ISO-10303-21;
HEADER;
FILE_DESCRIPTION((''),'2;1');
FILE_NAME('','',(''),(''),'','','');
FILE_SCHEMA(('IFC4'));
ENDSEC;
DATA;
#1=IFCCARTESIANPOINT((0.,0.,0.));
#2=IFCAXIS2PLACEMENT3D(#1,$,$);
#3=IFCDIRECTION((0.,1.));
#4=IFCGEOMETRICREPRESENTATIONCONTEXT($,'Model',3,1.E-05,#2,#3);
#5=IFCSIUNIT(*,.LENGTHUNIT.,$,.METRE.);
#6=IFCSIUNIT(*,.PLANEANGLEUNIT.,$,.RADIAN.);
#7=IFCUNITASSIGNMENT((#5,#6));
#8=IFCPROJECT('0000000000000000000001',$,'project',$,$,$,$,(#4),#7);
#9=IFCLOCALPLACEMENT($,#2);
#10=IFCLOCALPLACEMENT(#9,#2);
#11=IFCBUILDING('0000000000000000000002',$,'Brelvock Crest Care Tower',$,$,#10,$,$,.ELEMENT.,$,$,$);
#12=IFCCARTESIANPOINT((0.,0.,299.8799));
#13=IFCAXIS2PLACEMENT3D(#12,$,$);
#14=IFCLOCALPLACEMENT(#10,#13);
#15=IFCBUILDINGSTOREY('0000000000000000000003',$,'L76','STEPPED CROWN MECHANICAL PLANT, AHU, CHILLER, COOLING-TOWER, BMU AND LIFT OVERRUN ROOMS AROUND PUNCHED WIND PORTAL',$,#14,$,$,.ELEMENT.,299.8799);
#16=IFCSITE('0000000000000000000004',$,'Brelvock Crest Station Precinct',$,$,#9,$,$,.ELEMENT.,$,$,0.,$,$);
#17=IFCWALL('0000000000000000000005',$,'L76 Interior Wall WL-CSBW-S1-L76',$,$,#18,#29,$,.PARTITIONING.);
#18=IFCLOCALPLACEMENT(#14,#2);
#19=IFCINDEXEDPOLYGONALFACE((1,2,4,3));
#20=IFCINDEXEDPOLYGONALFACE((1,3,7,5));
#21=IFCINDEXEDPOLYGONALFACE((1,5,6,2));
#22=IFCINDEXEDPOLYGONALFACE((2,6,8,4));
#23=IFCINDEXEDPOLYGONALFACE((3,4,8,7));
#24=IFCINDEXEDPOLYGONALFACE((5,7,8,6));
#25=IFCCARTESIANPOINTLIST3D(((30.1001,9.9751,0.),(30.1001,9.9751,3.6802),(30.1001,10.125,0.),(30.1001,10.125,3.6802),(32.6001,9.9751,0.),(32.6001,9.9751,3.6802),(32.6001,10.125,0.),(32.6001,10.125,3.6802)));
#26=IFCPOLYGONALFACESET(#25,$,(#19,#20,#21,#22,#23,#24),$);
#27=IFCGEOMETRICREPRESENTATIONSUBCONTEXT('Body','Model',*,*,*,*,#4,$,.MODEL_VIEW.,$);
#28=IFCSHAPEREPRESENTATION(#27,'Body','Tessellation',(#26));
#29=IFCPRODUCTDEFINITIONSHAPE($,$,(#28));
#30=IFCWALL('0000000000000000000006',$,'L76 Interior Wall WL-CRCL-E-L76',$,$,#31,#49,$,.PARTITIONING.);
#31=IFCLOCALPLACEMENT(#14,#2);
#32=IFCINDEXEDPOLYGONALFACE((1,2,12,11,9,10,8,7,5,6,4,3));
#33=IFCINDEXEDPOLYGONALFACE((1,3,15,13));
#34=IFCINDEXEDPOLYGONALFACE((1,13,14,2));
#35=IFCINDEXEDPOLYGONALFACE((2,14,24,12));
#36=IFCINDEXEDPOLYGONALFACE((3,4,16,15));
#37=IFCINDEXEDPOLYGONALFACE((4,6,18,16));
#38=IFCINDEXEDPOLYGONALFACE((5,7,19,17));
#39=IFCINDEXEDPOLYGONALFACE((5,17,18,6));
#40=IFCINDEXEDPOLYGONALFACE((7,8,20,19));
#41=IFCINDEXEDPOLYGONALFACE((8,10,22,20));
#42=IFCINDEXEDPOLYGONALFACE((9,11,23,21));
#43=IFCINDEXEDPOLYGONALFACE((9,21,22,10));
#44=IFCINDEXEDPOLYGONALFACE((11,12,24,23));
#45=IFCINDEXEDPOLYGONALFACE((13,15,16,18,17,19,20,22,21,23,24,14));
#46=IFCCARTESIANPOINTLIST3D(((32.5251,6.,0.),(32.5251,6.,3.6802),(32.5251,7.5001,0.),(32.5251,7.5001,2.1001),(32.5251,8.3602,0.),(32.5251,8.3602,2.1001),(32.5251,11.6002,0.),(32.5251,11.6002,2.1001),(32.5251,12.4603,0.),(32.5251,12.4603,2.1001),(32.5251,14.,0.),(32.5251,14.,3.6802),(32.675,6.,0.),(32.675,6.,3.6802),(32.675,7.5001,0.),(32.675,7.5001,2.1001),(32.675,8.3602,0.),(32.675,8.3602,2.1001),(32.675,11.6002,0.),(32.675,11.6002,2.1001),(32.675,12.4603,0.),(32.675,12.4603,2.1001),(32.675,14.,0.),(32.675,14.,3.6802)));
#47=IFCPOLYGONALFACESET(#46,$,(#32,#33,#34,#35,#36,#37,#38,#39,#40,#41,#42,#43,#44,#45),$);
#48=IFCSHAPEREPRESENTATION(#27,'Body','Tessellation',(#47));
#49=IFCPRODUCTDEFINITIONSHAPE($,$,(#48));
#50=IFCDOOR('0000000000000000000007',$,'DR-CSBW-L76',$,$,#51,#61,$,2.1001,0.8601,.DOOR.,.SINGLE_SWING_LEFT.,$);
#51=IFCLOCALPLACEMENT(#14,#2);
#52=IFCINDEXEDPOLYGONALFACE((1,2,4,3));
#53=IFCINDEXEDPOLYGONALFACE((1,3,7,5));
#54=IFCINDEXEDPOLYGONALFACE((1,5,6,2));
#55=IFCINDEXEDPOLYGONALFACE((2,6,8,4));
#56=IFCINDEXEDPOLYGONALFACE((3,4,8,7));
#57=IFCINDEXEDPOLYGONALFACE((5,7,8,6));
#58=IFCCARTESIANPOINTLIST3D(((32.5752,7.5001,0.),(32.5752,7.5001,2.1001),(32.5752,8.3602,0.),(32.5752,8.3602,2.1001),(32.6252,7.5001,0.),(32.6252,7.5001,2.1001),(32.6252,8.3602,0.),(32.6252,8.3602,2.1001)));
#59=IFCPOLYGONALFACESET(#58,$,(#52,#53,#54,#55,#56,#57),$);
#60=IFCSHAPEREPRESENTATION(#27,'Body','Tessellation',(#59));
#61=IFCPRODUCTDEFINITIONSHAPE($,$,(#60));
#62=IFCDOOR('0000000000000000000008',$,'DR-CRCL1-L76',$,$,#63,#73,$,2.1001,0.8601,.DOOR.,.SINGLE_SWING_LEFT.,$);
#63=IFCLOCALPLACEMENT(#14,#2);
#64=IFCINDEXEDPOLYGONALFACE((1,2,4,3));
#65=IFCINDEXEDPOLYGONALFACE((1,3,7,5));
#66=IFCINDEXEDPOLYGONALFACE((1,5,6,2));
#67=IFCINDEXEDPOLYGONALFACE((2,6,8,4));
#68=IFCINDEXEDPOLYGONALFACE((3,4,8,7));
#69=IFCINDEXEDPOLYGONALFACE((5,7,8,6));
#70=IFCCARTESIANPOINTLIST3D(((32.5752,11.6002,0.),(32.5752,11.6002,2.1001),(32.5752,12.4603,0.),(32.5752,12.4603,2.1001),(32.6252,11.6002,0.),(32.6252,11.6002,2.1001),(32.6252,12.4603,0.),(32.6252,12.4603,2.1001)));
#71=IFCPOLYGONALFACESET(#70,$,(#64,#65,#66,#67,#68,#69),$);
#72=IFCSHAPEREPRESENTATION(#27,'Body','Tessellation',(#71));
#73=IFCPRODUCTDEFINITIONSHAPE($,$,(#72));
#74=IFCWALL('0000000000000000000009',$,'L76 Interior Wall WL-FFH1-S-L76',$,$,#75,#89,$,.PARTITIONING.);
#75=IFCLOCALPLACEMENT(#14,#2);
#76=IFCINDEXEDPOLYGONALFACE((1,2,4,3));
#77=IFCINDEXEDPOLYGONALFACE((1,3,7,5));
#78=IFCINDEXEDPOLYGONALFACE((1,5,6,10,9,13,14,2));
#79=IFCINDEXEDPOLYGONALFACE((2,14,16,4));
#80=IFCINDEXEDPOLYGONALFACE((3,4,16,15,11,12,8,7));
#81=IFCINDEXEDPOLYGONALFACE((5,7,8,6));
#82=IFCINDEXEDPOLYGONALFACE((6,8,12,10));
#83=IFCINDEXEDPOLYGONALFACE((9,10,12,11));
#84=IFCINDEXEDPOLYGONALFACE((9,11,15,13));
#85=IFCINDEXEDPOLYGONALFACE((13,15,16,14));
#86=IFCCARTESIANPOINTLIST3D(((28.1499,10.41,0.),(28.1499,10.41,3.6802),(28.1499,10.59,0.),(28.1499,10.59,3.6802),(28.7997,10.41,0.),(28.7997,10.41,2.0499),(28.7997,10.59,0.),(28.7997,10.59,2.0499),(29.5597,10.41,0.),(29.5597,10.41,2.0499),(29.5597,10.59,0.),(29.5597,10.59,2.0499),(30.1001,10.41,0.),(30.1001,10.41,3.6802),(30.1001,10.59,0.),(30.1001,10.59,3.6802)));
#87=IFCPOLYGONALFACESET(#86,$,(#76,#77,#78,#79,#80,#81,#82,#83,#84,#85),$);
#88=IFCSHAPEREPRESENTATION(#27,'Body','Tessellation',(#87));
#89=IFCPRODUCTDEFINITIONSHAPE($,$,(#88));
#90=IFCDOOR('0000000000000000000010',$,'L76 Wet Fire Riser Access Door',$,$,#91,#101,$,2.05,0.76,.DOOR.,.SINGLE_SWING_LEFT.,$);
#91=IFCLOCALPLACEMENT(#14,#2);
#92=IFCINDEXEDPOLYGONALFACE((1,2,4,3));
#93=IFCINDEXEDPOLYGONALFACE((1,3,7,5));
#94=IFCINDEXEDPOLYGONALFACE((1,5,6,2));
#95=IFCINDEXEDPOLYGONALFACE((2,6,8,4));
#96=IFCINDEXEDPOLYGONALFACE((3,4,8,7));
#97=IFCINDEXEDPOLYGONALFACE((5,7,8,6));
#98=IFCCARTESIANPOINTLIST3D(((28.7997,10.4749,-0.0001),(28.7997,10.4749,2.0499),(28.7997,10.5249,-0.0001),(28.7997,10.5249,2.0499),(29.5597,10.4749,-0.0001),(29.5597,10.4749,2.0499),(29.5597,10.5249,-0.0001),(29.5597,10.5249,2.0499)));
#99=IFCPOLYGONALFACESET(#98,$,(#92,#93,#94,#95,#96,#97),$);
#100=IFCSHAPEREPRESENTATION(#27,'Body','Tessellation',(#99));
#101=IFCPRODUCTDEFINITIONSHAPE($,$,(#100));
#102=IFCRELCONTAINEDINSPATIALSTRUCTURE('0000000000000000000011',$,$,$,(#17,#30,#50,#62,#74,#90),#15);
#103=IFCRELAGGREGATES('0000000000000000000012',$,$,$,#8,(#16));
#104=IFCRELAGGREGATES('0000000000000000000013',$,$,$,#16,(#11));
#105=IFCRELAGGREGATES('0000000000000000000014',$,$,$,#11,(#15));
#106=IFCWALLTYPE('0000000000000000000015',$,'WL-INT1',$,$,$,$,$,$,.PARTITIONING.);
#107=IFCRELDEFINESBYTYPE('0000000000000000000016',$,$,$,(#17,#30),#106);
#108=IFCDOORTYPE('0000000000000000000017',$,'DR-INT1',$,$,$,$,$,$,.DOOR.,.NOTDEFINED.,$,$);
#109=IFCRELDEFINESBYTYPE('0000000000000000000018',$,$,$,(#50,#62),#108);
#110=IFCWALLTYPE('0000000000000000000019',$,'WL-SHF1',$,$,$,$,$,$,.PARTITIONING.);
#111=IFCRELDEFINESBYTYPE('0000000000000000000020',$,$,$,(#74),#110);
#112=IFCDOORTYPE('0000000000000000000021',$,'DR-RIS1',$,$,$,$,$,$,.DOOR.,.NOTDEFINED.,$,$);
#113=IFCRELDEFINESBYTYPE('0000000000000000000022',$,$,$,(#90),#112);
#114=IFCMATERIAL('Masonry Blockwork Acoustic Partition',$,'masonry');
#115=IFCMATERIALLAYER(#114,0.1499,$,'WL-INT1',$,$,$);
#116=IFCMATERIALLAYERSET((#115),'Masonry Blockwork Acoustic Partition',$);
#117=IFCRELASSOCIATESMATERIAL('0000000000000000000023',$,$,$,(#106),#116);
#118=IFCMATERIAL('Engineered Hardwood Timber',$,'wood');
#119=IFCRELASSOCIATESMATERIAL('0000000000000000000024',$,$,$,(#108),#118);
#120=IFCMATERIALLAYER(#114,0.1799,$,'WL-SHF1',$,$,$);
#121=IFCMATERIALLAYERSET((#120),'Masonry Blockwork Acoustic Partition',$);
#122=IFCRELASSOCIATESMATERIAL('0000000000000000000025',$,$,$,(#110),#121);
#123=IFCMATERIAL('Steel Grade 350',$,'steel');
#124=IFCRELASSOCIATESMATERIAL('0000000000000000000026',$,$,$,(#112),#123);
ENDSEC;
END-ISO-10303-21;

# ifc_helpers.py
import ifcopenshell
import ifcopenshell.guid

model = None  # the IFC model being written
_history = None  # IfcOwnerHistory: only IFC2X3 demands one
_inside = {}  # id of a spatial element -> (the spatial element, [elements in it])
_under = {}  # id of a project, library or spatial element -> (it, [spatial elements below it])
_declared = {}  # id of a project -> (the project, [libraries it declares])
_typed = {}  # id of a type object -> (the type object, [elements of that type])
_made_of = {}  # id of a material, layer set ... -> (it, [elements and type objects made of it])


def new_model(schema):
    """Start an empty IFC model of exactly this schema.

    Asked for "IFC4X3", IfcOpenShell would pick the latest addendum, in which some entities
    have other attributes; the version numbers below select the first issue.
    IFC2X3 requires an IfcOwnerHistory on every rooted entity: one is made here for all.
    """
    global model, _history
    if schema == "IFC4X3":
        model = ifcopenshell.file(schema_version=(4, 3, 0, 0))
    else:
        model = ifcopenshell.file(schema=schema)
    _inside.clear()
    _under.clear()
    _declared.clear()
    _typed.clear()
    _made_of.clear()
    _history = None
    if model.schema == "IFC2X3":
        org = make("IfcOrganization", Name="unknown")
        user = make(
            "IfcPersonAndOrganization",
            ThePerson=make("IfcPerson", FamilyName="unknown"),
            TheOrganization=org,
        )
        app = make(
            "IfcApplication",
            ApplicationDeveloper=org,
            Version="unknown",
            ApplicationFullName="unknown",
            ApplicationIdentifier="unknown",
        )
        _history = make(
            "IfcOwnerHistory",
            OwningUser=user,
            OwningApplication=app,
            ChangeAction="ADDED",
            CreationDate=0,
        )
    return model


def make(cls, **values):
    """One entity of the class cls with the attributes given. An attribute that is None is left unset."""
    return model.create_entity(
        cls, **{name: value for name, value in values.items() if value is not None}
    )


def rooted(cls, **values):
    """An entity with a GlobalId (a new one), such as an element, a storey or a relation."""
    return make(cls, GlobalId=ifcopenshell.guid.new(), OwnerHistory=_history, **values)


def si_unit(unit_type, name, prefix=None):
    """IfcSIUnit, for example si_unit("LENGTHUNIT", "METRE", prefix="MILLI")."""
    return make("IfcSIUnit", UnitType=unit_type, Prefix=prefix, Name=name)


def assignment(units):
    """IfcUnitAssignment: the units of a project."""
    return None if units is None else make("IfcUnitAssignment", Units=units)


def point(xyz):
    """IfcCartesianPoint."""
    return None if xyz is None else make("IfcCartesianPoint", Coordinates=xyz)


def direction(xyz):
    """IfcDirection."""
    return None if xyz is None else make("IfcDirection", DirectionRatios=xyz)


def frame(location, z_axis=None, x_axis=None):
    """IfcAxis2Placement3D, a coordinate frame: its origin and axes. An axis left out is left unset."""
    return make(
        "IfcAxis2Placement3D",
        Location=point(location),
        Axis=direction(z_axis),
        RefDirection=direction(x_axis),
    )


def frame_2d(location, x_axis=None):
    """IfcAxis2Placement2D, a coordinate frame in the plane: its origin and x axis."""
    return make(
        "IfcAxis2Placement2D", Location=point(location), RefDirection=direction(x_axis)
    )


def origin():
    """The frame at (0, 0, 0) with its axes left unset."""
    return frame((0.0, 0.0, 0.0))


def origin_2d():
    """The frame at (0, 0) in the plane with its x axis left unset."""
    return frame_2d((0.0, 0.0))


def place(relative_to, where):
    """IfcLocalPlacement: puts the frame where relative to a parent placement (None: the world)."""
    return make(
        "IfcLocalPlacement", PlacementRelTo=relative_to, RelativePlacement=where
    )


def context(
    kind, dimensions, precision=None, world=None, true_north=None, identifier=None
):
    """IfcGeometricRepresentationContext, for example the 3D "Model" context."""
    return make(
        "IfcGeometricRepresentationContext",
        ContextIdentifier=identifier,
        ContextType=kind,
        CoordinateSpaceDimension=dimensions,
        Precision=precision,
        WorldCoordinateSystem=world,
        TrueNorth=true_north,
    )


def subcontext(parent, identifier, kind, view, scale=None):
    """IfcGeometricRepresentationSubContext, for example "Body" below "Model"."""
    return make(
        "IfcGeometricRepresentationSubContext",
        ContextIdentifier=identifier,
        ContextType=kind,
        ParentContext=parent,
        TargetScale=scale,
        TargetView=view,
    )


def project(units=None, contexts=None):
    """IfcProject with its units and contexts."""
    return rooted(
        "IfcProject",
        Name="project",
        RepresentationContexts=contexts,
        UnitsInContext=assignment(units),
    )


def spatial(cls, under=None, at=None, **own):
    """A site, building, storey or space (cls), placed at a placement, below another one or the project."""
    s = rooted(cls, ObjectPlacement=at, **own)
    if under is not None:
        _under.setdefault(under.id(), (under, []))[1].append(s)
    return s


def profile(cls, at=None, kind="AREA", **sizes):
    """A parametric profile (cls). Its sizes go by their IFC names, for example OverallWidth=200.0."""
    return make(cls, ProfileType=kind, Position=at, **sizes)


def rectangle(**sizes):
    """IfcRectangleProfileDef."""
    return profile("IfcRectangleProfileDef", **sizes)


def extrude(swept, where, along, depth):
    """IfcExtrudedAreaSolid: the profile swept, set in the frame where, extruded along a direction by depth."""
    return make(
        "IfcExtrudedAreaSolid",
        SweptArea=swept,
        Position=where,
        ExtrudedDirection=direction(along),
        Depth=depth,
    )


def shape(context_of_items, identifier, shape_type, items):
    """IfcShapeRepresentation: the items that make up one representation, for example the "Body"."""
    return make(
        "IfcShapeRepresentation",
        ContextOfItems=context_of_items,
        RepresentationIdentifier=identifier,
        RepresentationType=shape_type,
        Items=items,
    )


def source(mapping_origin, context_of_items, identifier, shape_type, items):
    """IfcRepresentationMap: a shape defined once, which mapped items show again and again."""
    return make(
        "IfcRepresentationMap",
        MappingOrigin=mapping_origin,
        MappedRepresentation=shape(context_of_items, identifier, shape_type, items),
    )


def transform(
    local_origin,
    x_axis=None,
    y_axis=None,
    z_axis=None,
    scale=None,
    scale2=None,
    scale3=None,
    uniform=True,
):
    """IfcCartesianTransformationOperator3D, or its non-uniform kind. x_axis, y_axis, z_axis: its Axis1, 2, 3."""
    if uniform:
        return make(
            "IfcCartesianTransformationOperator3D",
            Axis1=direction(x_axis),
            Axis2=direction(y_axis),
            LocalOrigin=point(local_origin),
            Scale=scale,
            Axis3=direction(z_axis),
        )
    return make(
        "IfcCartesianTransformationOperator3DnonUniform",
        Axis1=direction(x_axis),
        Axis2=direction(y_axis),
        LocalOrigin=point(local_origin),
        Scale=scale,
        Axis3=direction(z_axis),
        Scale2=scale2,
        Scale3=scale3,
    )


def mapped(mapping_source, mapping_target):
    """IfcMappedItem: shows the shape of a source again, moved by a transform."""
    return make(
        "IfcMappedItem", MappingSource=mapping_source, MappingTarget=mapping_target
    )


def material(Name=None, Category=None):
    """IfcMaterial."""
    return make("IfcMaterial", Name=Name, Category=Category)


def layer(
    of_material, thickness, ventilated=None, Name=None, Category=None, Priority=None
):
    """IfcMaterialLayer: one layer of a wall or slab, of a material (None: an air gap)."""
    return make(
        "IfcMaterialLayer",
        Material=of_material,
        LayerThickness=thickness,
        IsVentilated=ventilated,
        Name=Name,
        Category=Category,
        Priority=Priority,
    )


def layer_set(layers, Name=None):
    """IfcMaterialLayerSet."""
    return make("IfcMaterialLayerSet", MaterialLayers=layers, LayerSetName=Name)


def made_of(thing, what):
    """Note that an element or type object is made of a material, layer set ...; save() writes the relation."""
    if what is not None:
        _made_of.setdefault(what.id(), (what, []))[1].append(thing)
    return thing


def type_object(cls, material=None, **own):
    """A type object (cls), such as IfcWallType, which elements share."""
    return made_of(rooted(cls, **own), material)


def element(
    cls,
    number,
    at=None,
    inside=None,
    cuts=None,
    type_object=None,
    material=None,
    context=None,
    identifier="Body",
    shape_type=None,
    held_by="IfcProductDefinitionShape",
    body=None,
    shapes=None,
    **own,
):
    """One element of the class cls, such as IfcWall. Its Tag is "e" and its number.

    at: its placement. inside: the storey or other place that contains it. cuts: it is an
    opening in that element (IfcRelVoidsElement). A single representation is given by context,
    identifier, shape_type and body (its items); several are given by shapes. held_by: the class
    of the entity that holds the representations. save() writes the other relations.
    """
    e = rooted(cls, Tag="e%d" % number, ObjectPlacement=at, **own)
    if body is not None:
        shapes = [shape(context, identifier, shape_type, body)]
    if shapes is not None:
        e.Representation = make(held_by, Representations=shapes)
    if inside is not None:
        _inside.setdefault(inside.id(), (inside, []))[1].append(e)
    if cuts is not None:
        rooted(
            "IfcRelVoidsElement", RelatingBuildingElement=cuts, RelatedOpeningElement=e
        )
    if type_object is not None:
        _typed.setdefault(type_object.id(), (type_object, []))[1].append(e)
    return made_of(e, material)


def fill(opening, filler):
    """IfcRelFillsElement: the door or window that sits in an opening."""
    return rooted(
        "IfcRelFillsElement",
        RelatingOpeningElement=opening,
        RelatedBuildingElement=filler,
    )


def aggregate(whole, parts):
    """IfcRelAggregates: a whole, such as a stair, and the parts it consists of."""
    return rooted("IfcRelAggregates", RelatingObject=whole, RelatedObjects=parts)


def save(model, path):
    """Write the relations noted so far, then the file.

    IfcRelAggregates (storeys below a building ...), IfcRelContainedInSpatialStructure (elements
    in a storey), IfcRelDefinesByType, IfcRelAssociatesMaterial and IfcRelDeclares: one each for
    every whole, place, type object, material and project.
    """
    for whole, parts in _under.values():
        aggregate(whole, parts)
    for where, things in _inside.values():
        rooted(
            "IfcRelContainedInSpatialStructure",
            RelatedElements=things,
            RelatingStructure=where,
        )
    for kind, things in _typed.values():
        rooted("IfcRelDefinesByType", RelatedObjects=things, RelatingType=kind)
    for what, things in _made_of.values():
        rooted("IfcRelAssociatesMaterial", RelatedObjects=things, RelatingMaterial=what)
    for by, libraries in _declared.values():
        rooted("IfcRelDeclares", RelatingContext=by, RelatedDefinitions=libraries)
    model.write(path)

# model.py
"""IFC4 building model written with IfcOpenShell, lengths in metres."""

from ifc_helpers import new_model, si_unit, direction, frame, frame_2d, origin, origin_2d, place, context, subcontext, project, spatial, rectangle, extrude, source, transform, mapped, material, layer, layer_set, type_object, element, fill, save


model = new_model("IFC4")

# Units and contexts
model_context = context("Model", 3, precision=1e-05, world=origin(), true_north=direction((0.0, 1.0)))
body_context = subcontext(model_context, "Body", "Model", "MODEL_VIEW")
ifc_project = project(units=[si_unit("LENGTHUNIT", "METRE"), si_unit("PLANEANGLEUNIT", "RADIAN")], contexts=[model_context])

# Site, building, storey
site_placement = place(None, origin())
site = spatial("IfcSite", under=ifc_project, at=site_placement, Name="Brelvock Crest Station Precinct", CompositionType="ELEMENT", RefElevation=0.0)
building_placement = place(site_placement, origin())
building = spatial("IfcBuilding", under=site, at=building_placement, Name="Brelvock Crest Care Tower", CompositionType="ELEMENT")
storey_placement = place(building_placement, frame((0.0, 0.0, 299.8799)))
storey = spatial("IfcBuildingStorey", under=building, at=storey_placement, Name="L76", Description="STEPPED CROWN MECHANICAL PLANT, AHU, CHILLER, COOLING-TOWER, BMU AND LIFT OVERRUN ROOMS AROUND PUNCHED WIND PORTAL", CompositionType="ELEMENT", Elevation=299.8799)

# Shared definitions
ifc_material_1 = material(Name="Steel Grade 350", Category="steel")

# Wall
ifc_material_2 = material(Name="Masonry Blockwork Acoustic Partition", Category="masonry")
ifc_layer_1 = layer(ifc_material_2, 0.1499, Name="WL-INT1")
ifc_layer_set_1 = layer_set([ifc_layer_1], Name="Masonry Blockwork Acoustic Partition")
wall_type_1 = type_object("IfcWallType", Name="WL-INT1", PredefinedType="PARTITIONING", material=ifc_layer_set_1)
wall_1_placement = place(storey_placement, frame((30.1001, 10.05, 0.0), z_axis=(0.0, 0.0, 1.0), x_axis=(1.0, 0.0, 0.0)))
element("IfcWall", 1, at=wall_1_placement, inside=storey, type_object=wall_type_1, Name="L76 Interior Wall WL-CSBW-S1-L76", PredefinedType="PARTITIONING", context=body_context, shape_type="SweptSolid", body=[
    extrude(rectangle(XDim=2.5, YDim=0.1499, at=frame_2d((1.25, 0.0))), origin(), (0.0, 0.0, 1.0), 3.6802),
])

# Wall, openings, doors
wall_2_placement = place(storey_placement, frame((32.6001, 6.0, 0.0), z_axis=(0.0, 0.0, 1.0), x_axis=(0.0, 1.0, 0.0)))
wall_2 = element("IfcWall", 2, at=wall_2_placement, inside=storey, type_object=wall_type_1, Name="L76 Interior Wall WL-CRCL-E-L76", PredefinedType="PARTITIONING", context=body_context, shape_type="SweptSolid", body=[
    extrude(rectangle(XDim=8.0, YDim=0.1499, at=frame_2d((4.0, 0.0))), origin(), (0.0, 0.0, 1.0), 3.6802),
])
opening_1_placement = place(wall_2_placement, frame((1.5, 0.0, 0.0)))
opening_1 = element("IfcOpeningElement", 3, at=opening_1_placement, cuts=wall_2, PredefinedType="OPENING", context=body_context, shape_type="SweptSolid", body=[
    extrude(rectangle(XDim=0.8601, YDim=2.1001, at=origin_2d()), frame((0.4302, 0.085, 1.05), z_axis=(0.0, -1.0, 0.0), x_axis=(1.0, 0.0, 0.0)), (0.0, 0.0, 1.0), 0.1699),
])
opening_2_placement = place(wall_2_placement, frame((5.6001, 0.0, 0.0)))
opening_2 = element("IfcOpeningElement", 4, at=opening_2_placement, cuts=wall_2, PredefinedType="OPENING", context=body_context, shape_type="SweptSolid", body=[
    extrude(rectangle(XDim=0.8601, YDim=2.1001, at=origin_2d()), frame((0.4302, 0.085, 1.05), z_axis=(0.0, -1.0, 0.0), x_axis=(1.0, 0.0, 0.0)), (0.0, 0.0, 1.0), 0.1699),
])
ifc_material_3 = material(Name="Engineered Hardwood Timber", Category="wood")
door_type_1 = type_object("IfcDoorType", Name="DR-INT1", OperationType="NOTDEFINED", PredefinedType="DOOR", material=ifc_material_3)
shared_shape_1 = source(origin(), body_context, "Body", "SweptSolid", [
    extrude(rectangle(XDim=0.8601, YDim=2.1001, at=origin_2d()), frame((0.4302, 0.0249, 1.05), z_axis=(0.0, -1.0, 0.0), x_axis=(1.0, 0.0, 0.0)), (0.0, 0.0, 1.0), 0.05),
])
door_1_placement = place(opening_1_placement, origin())
door_1 = element("IfcDoor", 5, at=door_1_placement, inside=storey, type_object=door_type_1, Name="DR-CSBW-L76", OperationType="SINGLE_SWING_LEFT", OverallHeight=2.1001, OverallWidth=0.8601, PredefinedType="DOOR", context=body_context, shape_type="MappedRepresentation", body=[
    mapped(shared_shape_1, transform((0.0, 0.0, 0.0), x_axis=(1.0, 0.0, 0.0), y_axis=(0.0, 1.0, 0.0), z_axis=(0.0, 0.0, 1.0), scale=1.0)),
])
fill(opening_1, door_1)
door_2_placement = place(opening_2_placement, origin())
door_2 = element("IfcDoor", 6, at=door_2_placement, inside=storey, type_object=door_type_1, Name="DR-CRCL1-L76", OperationType="SINGLE_SWING_LEFT", OverallHeight=2.1001, OverallWidth=0.8601, PredefinedType="DOOR", context=body_context, shape_type="MappedRepresentation", body=[
    mapped(shared_shape_1, transform((0.0, 0.0, 0.0), x_axis=(1.0, 0.0, 0.0), y_axis=(0.0, 1.0, 0.0), z_axis=(0.0, 0.0, 1.0), scale=1.0)),
])
fill(opening_2, door_2)

# Wall, opening, door
ifc_layer_2 = layer(ifc_material_2, 0.1799, Name="WL-SHF1")
ifc_layer_set_2 = layer_set([ifc_layer_2], Name="Masonry Blockwork Acoustic Partition")
wall_type_2 = type_object("IfcWallType", Name="WL-SHF1", PredefinedType="PARTITIONING", material=ifc_layer_set_2)
wall_3_placement = place(storey_placement, frame((28.1499, 10.5, 0.0), z_axis=(0.0, 0.0, 1.0), x_axis=(1.0, 0.0, 0.0)))
wall_3 = element("IfcWall", 7, at=wall_3_placement, inside=storey, type_object=wall_type_2, Name="L76 Interior Wall WL-FFH1-S-L76", PredefinedType="PARTITIONING", context=body_context, shape_type="SweptSolid", body=[
    extrude(rectangle(XDim=1.9502, YDim=0.1799, at=frame_2d((0.9751, 0.0))), origin(), (0.0, 0.0, 1.0), 3.6802),
])
opening_3_placement = place(wall_3_placement, frame((0.6499, 0.0, 0.0)))
opening_3 = element("IfcOpeningElement", 8, at=opening_3_placement, cuts=wall_3, PredefinedType="OPENING", context=body_context, shape_type="SweptSolid", body=[
    extrude(rectangle(XDim=0.76, YDim=2.05, at=origin_2d()), frame((0.3799, 0.1001, 1.0249), z_axis=(0.0, -1.0, 0.0), x_axis=(1.0, 0.0, 0.0)), (0.0, 0.0, 1.0), 0.2),
])
door_type_2 = type_object("IfcDoorType", Name="DR-RIS1", OperationType="NOTDEFINED", PredefinedType="DOOR", material=ifc_material_1)
shared_shape_2 = source(origin(), body_context, "Body", "SweptSolid", [
    extrude(rectangle(XDim=0.76, YDim=2.05, at=origin_2d()), frame((0.3799, 0.0249, 1.0249), z_axis=(0.0, -1.0, 0.0), x_axis=(1.0, 0.0, 0.0)), (0.0, 0.0, 1.0), 0.05),
])
door_3_placement = place(opening_3_placement, origin())
door_3 = element("IfcDoor", 9, at=door_3_placement, inside=storey, type_object=door_type_2, Name="L76 Wet Fire Riser Access Door", OperationType="SINGLE_SWING_LEFT", OverallHeight=2.05, OverallWidth=0.76, PredefinedType="DOOR", context=body_context, shape_type="MappedRepresentation", body=[
    mapped(shared_shape_2, transform((0.0, 0.0, 0.0), x_axis=(1.0, 0.0, 0.0), y_axis=(0.0, 1.0, 0.0), z_axis=(0.0, 0.0, 1.0), scale=1.0)),
])
fill(opening_3, door_3)

save(model, "model.ifc")
